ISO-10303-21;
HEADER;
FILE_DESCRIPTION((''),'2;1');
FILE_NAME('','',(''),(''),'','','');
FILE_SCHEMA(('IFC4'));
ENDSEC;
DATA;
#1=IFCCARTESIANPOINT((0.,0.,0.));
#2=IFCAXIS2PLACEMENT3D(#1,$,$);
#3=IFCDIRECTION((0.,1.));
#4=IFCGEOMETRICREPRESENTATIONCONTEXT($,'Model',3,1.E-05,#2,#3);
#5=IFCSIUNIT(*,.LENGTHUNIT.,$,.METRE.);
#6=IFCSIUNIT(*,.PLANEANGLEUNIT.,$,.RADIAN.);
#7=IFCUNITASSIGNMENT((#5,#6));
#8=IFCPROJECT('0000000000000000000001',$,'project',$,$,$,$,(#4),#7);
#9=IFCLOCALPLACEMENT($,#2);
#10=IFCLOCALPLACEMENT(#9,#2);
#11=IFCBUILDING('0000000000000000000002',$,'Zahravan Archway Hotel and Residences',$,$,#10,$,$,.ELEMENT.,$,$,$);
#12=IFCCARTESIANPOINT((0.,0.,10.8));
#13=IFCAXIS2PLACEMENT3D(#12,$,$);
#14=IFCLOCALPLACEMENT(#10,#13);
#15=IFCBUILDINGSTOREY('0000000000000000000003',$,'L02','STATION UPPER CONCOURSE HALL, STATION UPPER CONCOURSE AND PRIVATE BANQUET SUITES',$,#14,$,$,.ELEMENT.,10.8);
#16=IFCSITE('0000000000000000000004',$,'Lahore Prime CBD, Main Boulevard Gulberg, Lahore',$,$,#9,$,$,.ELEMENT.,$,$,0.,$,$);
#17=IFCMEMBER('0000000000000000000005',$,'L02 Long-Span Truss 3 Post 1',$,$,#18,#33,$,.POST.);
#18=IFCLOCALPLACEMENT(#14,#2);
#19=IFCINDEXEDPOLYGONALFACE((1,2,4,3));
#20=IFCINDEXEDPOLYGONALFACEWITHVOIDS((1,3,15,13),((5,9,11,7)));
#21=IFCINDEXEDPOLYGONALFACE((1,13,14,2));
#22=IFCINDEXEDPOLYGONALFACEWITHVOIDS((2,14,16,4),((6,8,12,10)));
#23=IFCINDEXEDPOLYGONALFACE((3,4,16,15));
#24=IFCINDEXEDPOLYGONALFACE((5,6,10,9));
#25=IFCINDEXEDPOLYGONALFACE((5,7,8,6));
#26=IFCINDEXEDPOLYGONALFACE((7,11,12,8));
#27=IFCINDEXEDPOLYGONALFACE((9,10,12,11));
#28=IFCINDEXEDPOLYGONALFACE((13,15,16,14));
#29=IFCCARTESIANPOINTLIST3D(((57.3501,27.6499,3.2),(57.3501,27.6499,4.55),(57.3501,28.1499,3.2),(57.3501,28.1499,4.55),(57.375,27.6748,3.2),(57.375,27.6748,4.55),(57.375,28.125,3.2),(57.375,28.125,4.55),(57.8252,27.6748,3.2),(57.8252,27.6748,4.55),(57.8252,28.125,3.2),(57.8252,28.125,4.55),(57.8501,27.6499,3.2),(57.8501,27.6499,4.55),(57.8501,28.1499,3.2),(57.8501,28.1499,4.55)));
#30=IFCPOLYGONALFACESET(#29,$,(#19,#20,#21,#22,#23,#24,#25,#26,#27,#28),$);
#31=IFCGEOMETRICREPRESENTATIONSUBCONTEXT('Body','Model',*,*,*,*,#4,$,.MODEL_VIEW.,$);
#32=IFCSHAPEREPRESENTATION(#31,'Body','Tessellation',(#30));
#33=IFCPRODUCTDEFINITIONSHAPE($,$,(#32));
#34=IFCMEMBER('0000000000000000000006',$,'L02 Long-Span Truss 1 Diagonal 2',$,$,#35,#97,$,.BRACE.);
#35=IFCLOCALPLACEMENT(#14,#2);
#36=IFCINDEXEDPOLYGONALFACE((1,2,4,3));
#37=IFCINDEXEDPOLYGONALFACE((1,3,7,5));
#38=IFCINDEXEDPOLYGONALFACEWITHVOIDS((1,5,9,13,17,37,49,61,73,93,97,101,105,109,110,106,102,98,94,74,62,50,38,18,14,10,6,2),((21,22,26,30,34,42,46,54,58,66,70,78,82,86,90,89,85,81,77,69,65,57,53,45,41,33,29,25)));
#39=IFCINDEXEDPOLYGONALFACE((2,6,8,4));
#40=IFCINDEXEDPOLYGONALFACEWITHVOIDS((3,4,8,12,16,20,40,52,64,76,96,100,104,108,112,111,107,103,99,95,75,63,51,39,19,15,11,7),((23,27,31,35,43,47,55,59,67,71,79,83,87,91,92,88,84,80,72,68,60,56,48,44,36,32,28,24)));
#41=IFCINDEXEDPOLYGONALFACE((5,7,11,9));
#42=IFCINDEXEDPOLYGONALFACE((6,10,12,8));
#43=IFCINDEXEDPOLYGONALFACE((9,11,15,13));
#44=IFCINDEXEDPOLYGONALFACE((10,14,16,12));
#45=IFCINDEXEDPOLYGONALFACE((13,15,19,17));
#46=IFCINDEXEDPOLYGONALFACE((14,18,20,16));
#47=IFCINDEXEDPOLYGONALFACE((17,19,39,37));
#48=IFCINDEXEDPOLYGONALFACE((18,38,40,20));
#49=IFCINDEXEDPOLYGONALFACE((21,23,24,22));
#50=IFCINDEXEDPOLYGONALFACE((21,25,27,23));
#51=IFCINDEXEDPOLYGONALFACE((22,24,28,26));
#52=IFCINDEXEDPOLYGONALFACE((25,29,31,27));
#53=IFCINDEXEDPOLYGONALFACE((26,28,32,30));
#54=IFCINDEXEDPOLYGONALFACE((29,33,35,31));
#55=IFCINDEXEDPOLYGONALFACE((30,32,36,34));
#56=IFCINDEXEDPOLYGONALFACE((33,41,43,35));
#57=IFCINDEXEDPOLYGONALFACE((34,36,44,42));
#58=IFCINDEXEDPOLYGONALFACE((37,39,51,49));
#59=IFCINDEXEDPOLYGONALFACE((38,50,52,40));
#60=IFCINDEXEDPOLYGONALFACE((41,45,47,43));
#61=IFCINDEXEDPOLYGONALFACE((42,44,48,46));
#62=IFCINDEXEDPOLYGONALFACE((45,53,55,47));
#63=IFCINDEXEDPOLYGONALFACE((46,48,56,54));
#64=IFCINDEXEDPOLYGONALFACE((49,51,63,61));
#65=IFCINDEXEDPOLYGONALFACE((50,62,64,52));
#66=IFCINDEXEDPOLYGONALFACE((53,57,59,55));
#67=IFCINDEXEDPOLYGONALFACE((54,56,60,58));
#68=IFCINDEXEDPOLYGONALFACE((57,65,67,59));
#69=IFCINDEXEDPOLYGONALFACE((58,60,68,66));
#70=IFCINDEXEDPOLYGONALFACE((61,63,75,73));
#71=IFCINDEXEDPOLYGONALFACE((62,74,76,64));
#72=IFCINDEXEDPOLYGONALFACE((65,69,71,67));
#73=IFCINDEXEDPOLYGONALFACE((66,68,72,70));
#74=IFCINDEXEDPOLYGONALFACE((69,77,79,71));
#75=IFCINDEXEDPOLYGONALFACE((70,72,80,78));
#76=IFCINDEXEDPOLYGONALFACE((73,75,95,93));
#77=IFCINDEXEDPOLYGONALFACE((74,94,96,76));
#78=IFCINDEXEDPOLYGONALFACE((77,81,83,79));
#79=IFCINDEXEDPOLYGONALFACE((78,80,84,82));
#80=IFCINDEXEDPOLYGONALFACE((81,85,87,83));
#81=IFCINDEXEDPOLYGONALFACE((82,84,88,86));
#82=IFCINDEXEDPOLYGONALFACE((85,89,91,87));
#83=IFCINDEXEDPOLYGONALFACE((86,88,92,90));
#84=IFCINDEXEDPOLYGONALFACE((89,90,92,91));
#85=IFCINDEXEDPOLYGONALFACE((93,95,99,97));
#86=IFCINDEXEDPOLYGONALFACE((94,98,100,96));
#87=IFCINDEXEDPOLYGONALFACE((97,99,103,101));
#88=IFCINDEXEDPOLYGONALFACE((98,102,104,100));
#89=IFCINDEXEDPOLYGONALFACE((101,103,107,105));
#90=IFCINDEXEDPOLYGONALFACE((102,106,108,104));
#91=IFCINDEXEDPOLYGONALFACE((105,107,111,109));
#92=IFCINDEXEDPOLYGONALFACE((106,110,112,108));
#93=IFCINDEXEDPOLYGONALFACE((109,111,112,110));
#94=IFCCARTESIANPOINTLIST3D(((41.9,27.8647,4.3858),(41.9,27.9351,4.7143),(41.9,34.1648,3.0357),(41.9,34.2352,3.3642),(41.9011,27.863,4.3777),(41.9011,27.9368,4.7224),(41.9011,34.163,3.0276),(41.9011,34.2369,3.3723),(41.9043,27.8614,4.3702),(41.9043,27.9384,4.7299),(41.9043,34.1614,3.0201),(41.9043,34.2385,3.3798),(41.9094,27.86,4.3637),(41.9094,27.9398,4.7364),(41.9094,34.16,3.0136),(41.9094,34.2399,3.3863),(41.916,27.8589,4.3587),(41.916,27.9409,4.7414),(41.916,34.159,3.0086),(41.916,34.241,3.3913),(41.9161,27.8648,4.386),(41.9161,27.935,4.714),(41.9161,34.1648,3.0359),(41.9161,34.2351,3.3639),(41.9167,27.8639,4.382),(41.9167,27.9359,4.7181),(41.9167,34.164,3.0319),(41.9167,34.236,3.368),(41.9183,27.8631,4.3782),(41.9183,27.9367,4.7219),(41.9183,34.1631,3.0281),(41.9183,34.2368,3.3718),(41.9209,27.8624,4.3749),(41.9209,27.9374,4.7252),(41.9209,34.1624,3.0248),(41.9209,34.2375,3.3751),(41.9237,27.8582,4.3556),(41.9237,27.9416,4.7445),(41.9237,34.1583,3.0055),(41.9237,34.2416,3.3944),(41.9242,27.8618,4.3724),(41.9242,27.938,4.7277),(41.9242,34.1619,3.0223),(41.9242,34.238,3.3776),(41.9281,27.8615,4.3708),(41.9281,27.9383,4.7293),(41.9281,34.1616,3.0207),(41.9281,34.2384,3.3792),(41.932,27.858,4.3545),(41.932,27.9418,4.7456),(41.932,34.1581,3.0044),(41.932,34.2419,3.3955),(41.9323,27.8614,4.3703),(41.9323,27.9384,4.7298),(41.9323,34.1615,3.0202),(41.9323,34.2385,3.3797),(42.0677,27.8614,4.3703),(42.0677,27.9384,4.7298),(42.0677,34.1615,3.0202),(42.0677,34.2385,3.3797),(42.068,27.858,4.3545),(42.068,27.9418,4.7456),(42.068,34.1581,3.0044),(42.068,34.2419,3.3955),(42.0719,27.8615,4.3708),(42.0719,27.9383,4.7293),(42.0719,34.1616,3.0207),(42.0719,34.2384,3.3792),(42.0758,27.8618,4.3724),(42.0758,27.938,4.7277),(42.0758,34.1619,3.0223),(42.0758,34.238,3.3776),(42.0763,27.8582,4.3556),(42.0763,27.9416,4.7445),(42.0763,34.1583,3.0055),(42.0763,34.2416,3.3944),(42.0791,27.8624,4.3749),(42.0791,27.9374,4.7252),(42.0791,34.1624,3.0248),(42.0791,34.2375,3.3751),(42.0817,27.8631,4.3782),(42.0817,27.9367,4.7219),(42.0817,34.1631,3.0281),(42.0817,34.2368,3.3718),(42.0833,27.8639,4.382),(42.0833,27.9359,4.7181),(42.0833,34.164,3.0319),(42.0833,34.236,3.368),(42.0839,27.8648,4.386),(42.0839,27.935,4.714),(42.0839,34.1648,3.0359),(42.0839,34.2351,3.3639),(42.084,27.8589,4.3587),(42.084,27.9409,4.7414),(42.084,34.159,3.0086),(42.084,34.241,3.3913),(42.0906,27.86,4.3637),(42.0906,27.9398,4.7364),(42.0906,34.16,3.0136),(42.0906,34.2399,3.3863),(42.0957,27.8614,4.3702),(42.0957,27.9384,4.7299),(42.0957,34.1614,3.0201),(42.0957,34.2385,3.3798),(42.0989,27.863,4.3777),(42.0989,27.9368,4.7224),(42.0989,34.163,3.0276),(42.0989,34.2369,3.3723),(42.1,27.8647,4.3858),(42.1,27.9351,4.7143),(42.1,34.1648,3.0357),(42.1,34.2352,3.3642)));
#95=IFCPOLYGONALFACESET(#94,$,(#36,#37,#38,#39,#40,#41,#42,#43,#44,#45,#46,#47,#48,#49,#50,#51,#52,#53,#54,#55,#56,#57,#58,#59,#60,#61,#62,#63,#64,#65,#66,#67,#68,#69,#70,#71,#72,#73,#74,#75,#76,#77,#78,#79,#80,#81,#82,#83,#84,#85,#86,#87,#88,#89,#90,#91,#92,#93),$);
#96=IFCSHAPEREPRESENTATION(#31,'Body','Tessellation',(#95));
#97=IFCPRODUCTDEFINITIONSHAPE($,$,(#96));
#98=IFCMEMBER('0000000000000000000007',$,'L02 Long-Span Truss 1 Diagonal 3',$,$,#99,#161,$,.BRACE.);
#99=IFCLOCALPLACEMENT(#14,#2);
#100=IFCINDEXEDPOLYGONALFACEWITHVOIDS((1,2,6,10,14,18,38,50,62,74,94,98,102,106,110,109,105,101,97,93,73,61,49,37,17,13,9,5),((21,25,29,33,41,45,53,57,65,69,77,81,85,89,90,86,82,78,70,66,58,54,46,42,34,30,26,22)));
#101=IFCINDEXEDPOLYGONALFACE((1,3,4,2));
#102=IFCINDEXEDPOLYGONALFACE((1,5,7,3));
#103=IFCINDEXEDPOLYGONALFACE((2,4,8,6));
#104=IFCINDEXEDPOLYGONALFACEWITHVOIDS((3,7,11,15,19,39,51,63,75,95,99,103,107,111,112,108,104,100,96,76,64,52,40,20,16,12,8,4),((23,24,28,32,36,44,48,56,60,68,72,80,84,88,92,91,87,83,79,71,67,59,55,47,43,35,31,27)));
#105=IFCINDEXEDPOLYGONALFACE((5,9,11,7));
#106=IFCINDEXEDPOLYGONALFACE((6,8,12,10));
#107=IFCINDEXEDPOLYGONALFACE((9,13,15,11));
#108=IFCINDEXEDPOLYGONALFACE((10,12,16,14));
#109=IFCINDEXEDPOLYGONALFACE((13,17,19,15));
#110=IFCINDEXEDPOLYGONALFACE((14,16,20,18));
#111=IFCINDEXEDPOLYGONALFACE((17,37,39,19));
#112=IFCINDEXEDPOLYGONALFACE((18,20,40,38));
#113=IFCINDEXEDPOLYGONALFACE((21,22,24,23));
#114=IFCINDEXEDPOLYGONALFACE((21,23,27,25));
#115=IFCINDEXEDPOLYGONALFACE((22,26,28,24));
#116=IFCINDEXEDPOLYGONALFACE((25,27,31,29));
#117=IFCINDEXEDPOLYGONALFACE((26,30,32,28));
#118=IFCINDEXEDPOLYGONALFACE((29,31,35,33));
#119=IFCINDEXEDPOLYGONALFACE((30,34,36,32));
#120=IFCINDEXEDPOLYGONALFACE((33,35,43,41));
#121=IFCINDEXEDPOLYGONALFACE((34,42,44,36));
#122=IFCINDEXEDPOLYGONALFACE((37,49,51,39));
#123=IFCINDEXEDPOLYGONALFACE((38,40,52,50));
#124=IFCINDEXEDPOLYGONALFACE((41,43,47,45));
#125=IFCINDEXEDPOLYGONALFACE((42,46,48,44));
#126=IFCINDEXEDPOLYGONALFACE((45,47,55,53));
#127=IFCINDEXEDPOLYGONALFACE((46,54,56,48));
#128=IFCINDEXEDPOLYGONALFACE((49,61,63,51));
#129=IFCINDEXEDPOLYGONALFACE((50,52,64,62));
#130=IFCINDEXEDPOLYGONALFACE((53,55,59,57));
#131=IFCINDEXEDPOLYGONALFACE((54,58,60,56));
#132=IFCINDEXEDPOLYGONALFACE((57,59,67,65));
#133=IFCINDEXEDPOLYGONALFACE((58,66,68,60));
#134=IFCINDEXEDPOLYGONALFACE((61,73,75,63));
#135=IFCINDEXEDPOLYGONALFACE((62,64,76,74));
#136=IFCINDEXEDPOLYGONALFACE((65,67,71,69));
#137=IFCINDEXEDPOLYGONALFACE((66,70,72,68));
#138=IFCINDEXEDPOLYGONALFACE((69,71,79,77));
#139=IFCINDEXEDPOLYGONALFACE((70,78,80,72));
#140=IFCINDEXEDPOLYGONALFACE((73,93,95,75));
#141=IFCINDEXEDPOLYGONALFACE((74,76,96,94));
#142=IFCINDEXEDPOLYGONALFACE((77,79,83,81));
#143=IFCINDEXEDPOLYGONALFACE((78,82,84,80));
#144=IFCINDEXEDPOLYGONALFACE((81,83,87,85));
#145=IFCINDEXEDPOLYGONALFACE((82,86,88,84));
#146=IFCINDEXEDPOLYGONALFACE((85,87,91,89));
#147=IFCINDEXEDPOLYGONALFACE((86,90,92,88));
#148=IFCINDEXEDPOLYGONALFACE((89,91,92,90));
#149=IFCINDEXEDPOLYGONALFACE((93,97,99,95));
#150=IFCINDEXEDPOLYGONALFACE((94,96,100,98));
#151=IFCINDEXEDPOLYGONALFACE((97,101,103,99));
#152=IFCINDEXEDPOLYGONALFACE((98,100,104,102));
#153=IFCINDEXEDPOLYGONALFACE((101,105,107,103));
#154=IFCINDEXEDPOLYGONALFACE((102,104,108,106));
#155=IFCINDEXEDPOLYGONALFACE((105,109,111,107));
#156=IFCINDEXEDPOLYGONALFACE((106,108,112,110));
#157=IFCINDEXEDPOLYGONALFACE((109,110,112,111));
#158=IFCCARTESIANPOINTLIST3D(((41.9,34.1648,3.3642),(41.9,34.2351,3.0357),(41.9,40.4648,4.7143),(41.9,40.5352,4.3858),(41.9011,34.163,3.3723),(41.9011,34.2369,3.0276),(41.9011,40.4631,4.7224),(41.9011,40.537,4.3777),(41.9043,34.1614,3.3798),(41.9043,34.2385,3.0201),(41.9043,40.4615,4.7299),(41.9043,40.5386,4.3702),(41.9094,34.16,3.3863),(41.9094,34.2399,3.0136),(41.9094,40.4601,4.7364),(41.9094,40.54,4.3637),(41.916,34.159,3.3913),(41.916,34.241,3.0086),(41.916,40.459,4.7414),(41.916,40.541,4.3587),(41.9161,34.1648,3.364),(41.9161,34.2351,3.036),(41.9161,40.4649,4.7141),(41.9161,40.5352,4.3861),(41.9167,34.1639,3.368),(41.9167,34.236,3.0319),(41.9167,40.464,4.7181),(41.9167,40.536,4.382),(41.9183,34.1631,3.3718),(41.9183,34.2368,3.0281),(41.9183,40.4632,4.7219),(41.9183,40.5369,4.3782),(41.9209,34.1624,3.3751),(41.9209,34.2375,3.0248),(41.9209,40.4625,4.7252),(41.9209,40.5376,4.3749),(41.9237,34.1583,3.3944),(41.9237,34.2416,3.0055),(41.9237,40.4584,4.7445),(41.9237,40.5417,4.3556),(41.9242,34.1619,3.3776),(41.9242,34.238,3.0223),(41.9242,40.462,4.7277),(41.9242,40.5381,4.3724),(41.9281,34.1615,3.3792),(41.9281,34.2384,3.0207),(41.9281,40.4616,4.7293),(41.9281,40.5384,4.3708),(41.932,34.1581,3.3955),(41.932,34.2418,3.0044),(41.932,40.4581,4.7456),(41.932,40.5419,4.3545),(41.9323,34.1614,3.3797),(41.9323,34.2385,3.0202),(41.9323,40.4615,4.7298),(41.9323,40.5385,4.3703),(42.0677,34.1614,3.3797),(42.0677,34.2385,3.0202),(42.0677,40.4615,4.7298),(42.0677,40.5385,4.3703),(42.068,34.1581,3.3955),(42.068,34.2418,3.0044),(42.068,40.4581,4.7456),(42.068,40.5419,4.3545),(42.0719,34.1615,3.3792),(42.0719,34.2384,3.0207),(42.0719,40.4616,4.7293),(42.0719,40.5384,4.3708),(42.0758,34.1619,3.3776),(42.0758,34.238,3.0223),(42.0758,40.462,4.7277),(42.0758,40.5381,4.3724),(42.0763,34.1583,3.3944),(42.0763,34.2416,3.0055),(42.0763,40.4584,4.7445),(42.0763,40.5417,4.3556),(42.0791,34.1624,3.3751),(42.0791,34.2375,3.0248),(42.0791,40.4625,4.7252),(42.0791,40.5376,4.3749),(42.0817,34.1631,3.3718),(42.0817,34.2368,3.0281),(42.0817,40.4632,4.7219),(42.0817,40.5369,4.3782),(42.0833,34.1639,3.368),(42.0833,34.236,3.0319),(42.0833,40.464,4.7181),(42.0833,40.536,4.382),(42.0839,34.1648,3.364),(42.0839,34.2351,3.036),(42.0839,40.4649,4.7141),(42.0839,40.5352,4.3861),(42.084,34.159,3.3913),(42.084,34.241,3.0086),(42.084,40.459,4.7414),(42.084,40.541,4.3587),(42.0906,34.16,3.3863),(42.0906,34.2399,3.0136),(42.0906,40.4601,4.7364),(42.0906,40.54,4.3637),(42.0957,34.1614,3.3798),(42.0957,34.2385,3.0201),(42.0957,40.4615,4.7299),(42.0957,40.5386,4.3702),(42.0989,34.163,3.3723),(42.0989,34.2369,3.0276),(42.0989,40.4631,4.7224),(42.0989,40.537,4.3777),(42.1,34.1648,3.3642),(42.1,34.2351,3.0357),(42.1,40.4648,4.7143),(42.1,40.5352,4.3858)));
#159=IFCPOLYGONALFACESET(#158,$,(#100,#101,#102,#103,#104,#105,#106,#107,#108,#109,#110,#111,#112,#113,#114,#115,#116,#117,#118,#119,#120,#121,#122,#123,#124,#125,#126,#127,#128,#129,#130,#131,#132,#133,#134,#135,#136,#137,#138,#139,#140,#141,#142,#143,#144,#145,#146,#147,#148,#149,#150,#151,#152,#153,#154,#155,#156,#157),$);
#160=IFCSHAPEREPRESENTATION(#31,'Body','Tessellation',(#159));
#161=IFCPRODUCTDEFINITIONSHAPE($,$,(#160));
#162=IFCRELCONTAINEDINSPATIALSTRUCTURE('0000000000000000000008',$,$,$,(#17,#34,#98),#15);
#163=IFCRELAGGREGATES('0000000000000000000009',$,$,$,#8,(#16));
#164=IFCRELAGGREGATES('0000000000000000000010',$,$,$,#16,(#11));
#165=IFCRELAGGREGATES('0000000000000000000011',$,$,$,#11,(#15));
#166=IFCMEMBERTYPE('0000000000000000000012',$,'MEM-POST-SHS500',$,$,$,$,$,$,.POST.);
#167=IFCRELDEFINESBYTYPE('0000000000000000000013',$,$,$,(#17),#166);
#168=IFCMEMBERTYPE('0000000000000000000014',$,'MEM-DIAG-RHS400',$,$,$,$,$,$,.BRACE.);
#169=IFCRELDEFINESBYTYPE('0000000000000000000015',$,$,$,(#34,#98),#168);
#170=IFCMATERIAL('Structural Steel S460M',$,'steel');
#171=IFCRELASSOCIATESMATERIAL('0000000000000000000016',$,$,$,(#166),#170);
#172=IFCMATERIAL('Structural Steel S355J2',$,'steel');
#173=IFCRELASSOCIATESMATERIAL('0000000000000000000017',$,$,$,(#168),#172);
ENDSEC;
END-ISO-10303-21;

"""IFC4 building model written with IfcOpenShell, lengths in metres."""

from ifc_helpers import new_model, si_unit, direction, frame, origin, origin_2d, place, context, subcontext, project, spatial, hollow_rectangle, extrude, source, transform, mapped, material, material_profile, profile_set, type_object, type_shapes, element, save


model = new_model("IFC4")

# Units and contexts
model_context = context("Model", 3, precision=1e-05, world=origin(), true_north=direction((0.0, 1.0)))
body_context = subcontext(model_context, "Body", "Model", "MODEL_VIEW")
ifc_project = project(units=[si_unit("LENGTHUNIT", "METRE"), si_unit("PLANEANGLEUNIT", "RADIAN")], contexts=[model_context])

# Site, building, storey
site_placement = place(None, origin())
site = spatial("IfcSite", under=ifc_project, at=site_placement, Name="Lahore Prime CBD, Main Boulevard Gulberg, Lahore", CompositionType="ELEMENT", RefElevation=0.0)
building_placement = place(site_placement, origin())
building = spatial("IfcBuilding", under=site, at=building_placement, Name="Zahravan Archway Hotel and Residences", CompositionType="ELEMENT")
storey_placement = place(building_placement, frame((0.0, 0.0, 10.8)))
storey = spatial("IfcBuildingStorey", under=building, at=storey_placement, Name="L02", Description="STATION UPPER CONCOURSE HALL, STATION UPPER CONCOURSE AND PRIVATE BANQUET SUITES", CompositionType="ELEMENT", Elevation=10.8)

# Shared definitions
ifc_material_1 = material(Name="Structural Steel S355J2", Category="steel")

# Members
ifc_material_2 = material(Name="Structural Steel S460M", Category="steel")
ifc_material_profile_1 = material_profile(ifc_material_2, hollow_rectangle(XDim=0.5, YDim=0.5, WallThickness=0.0249, at=origin_2d()), Name="SHS 500x500x25", Category="steel")
ifc_profile_set_1 = profile_set([ifc_material_profile_1], Name="Structural Steel S460M")
member_type_1 = type_object("IfcMemberType", Name="MEM-POST-SHS500", PredefinedType="POST", material=ifc_profile_set_1)
shared_shape_1 = source(origin(), body_context, "Body", "SweptSolid", [
    extrude(hollow_rectangle(XDim=0.5, YDim=0.5, WallThickness=0.0249, at=origin_2d()), origin(), (0.0, 0.0, 1.0), 1.3501),
])
type_shapes(member_type_1, [shared_shape_1])
for number, where, z_axis, x_axis, name in (
    (1, (57.6001, 27.8999, 3.2), (0.0, 0.0, 1.0), (1.0, 0.0, 0.0), "L02 Long-Span Truss 3 Post 1"),
):
    element("IfcMember", number, at=place(storey_placement, frame(where, z_axis=z_axis, x_axis=x_axis)), inside=storey, type_object=member_type_1, Name=name, PredefinedType="POST", context=body_context, shape_type="MappedRepresentation", body=[
        mapped(shared_shape_1, transform((0.0, 0.0, 0.0), scale=1.0)),
    ])
ifc_material_profile_2 = material_profile(ifc_material_1, hollow_rectangle(XDim=0.2, YDim=0.3999, WallThickness=0.0161, InnerFilletRadius=0.0161, OuterFilletRadius=0.032, at=origin_2d()), Name="RHS 400x200x16", Category="steel")
ifc_profile_set_2 = profile_set([ifc_material_profile_2], Name="Structural Steel S355J2")
member_type_2 = type_object("IfcMemberType", Name="MEM-DIAG-RHS400", PredefinedType="BRACE", material=ifc_profile_set_2)
shared_shape_2 = source(origin(), body_context, "Body", "SweptSolid", [
    extrude(hollow_rectangle(XDim=0.2, YDim=0.3999, WallThickness=0.0161, InnerFilletRadius=0.0161, OuterFilletRadius=0.032, at=origin_2d()), origin(), (0.0, 0.0, 1.0), 6.4431),
])
for number, where, z_axis, x_axis, name in (
    (2, (42.0, 27.8999, 4.55), (0.0, 0.9778, -0.209542), (-1.0, 0.0, 0.0), "L02 Long-Span Truss 1 Diagonal 2"),
    (3, (42.0, 34.2, 3.2), (0.0, 0.9778, 0.209542), (-1.0, 0.0, 0.0), "L02 Long-Span Truss 1 Diagonal 3"),
):
    element("IfcMember", number, at=place(storey_placement, frame(where, z_axis=z_axis, x_axis=x_axis)), inside=storey, type_object=member_type_2, Name=name, PredefinedType="BRACE", context=body_context, shape_type="MappedRepresentation", body=[
        mapped(shared_shape_2, transform((0.0, 0.0, 0.0), scale=1.0)),
    ])

save(model, "model.ifc")
